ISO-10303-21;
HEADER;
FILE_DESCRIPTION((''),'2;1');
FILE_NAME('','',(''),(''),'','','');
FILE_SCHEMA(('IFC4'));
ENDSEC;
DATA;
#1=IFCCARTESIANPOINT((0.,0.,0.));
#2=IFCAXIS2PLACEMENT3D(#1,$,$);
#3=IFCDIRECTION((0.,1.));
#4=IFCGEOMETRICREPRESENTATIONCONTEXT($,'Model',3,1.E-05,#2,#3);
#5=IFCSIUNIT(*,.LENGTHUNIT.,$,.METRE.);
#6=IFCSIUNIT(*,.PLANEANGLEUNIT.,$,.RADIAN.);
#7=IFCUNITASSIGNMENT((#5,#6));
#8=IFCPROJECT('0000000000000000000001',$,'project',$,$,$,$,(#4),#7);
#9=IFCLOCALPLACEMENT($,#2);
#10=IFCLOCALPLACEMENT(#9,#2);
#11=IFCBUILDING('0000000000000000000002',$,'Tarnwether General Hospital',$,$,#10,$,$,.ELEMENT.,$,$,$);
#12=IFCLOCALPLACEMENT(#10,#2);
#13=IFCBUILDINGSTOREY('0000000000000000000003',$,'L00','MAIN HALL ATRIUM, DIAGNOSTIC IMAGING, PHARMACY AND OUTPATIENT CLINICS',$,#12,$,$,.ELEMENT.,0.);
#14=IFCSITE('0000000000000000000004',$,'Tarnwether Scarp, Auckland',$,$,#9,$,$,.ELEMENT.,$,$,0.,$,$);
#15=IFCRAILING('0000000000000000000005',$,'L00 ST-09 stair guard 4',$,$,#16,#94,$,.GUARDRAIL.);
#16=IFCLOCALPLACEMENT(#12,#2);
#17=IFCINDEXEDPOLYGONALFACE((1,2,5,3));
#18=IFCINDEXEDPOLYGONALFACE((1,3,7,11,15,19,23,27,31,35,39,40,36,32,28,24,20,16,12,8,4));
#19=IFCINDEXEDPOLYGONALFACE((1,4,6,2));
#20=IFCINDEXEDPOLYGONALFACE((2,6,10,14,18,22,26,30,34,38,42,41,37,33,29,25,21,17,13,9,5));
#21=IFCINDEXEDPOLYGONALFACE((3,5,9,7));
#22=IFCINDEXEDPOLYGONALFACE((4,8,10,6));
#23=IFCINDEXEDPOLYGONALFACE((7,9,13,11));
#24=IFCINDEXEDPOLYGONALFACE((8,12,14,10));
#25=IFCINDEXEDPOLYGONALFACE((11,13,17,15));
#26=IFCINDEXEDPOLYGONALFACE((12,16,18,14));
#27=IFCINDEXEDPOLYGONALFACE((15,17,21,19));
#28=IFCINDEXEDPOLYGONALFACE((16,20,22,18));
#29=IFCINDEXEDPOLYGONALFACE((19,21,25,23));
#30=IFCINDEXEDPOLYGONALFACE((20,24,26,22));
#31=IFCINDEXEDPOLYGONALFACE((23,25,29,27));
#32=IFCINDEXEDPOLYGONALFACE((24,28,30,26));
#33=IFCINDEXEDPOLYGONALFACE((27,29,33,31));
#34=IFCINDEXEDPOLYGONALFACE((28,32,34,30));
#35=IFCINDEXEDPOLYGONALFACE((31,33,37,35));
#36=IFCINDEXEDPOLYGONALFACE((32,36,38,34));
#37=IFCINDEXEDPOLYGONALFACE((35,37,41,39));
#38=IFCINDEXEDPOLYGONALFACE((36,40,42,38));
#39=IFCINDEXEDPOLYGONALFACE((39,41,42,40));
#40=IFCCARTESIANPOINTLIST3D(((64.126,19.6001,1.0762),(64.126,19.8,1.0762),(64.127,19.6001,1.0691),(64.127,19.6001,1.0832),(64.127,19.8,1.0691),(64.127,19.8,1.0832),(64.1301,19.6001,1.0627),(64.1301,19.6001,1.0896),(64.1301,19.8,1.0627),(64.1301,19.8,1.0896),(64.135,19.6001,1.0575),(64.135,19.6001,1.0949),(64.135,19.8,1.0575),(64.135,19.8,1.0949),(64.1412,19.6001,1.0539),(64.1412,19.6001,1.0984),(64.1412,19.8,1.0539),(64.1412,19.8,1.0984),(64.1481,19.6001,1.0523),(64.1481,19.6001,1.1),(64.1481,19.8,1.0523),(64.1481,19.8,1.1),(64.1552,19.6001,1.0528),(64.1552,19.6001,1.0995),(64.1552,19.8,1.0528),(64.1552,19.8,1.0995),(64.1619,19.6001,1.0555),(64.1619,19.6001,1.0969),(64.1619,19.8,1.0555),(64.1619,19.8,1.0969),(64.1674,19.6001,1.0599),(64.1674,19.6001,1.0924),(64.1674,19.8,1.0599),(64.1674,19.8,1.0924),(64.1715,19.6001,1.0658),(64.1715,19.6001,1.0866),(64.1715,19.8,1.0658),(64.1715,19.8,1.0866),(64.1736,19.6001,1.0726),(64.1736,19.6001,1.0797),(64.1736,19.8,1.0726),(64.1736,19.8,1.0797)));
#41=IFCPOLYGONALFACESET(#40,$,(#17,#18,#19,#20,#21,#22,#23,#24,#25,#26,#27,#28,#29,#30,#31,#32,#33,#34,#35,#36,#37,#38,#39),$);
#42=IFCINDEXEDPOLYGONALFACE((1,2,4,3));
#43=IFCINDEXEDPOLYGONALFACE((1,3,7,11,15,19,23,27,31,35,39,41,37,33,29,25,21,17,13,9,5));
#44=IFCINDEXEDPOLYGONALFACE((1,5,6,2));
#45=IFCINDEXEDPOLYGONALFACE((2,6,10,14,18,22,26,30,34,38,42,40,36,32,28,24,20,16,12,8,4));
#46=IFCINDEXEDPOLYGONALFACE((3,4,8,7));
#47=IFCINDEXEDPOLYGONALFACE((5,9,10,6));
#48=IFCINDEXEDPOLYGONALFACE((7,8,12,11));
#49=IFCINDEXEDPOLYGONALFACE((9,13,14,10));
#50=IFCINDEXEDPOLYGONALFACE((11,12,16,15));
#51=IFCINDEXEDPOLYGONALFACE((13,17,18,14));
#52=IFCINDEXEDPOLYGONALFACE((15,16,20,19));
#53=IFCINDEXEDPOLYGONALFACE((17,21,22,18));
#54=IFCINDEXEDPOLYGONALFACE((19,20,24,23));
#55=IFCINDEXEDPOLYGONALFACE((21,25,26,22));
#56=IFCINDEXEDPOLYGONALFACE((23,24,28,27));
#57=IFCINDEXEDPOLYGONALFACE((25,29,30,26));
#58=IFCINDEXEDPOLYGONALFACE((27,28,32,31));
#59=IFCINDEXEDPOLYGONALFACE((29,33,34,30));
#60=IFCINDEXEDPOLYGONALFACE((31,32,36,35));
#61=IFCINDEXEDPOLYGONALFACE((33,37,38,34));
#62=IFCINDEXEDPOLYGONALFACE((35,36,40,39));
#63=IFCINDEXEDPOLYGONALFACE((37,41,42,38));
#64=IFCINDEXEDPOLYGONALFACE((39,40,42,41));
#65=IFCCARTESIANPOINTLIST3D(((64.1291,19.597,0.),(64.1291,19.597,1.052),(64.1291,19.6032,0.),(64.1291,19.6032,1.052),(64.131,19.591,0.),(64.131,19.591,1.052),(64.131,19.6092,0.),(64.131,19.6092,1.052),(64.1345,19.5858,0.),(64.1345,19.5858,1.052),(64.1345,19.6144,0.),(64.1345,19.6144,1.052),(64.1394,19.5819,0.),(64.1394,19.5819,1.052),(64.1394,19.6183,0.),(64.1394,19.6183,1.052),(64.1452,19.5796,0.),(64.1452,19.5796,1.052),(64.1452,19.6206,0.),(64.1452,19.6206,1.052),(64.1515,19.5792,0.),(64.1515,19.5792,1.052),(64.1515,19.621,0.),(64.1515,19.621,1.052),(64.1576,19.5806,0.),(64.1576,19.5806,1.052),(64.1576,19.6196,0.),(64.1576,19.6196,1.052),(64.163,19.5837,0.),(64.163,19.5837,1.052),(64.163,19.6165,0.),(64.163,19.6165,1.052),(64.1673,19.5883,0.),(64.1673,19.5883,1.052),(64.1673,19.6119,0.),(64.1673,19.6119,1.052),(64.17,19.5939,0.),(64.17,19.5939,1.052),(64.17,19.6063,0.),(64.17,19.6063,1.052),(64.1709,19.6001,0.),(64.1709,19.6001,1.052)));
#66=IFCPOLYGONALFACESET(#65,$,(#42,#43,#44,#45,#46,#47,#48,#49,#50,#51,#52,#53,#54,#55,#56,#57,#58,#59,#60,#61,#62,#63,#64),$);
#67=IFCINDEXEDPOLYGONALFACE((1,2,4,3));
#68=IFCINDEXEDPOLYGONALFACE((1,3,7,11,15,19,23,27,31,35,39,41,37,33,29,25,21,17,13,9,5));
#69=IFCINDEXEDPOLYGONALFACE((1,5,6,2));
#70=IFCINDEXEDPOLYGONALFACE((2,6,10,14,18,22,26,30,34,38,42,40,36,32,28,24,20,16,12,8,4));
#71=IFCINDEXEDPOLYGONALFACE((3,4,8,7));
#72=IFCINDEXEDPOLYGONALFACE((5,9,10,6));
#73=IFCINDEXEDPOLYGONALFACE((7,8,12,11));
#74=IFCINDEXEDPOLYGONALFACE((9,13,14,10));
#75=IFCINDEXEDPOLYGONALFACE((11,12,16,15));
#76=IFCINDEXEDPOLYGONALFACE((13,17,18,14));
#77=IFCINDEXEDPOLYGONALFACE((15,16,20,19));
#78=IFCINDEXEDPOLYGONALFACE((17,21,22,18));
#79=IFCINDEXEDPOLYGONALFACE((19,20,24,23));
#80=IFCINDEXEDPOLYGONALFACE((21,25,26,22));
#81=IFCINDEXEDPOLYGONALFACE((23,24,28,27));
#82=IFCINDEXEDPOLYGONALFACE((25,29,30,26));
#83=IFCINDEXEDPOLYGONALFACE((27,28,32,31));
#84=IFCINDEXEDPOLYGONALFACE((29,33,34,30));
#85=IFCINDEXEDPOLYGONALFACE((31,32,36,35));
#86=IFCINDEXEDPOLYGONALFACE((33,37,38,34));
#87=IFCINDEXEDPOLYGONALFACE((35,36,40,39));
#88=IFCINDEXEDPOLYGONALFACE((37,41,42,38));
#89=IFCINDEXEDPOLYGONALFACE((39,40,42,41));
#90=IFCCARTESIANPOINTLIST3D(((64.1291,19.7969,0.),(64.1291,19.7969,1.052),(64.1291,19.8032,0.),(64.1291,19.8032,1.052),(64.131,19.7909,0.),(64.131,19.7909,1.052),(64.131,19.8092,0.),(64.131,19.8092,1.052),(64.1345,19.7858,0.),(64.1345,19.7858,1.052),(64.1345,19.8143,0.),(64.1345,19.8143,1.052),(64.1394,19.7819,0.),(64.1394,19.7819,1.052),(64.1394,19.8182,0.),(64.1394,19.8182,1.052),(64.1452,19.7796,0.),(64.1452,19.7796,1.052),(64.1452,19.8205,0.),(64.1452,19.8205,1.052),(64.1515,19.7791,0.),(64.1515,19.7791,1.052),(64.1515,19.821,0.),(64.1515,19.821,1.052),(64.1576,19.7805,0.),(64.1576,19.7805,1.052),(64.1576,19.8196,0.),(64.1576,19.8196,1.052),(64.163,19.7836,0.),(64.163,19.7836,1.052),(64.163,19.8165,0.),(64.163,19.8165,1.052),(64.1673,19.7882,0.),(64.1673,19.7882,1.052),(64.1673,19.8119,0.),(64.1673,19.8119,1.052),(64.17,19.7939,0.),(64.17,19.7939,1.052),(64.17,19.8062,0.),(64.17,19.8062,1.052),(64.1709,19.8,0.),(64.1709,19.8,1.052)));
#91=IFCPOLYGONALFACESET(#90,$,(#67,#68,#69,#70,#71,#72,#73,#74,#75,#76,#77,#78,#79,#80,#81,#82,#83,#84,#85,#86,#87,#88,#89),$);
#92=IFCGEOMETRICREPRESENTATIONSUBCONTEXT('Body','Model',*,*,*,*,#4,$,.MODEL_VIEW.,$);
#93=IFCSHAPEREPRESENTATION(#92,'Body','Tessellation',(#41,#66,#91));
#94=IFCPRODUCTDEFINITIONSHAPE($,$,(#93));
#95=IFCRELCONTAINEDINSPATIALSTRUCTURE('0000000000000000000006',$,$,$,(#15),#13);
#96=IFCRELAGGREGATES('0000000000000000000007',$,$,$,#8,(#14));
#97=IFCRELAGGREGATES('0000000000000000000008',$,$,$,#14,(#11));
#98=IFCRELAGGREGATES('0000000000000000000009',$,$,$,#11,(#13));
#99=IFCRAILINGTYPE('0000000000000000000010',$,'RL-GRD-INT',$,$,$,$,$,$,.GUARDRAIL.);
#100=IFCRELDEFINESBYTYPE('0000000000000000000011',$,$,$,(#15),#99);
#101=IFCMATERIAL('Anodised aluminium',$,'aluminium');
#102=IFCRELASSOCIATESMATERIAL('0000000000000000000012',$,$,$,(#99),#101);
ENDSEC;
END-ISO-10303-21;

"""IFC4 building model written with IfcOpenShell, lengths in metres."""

from ifc_helpers import new_model, si_unit, direction, frame, origin, origin_2d, place, context, subcontext, project, spatial, circle, extrude, material, type_object, element, save


model = new_model("IFC4")

# Units and contexts
model_context = context("Model", 3, precision=1e-05, world=origin(), true_north=direction((0.0, 1.0)))
body_context = subcontext(model_context, "Body", "Model", "MODEL_VIEW")
ifc_project = project(units=[si_unit("LENGTHUNIT", "METRE"), si_unit("PLANEANGLEUNIT", "RADIAN")], contexts=[model_context])

# Site, building, storey
site_placement = place(None, origin())
site = spatial("IfcSite", under=ifc_project, at=site_placement, Name="Tarnwether Scarp, Auckland", CompositionType="ELEMENT", RefElevation=0.0)
building_placement = place(site_placement, origin())
building = spatial("IfcBuilding", under=site, at=building_placement, Name="Tarnwether General Hospital", CompositionType="ELEMENT")
storey_placement = place(building_placement, origin())
storey = spatial("IfcBuildingStorey", under=building, at=storey_placement, Name="L00", Description="MAIN HALL ATRIUM, DIAGNOSTIC IMAGING, PHARMACY AND OUTPATIENT CLINICS", CompositionType="ELEMENT", Elevation=0.0)

# Railing
ifc_material_1 = material(Name="Anodised aluminium", Category="aluminium")
railing_type_1 = type_object("IfcRailingType", Name="RL-GRD-INT", PredefinedType="GUARDRAIL", material=ifc_material_1)
railing_1_placement = place(storey_placement, frame((64.1499, 19.6001, 0.0)))
element("IfcRailing", 1, at=railing_1_placement, inside=storey, type_object=railing_type_1, Name="L00 ST-09 stair guard 4", PredefinedType="GUARDRAIL", context=body_context, shape_type="SweptSolid", body=[
    extrude(circle(Radius=0.0239, at=origin_2d()), frame((0.0, 0.0, 1.0762), z_axis=(0.0, 1.0, 0.0), x_axis=(-1.0, 0.0, 0.0)), (0.0, 0.0, 1.0), 0.2),
    extrude(circle(Radius=0.021, at=origin_2d()), origin(), (0.0, 0.0, 1.0), 1.052),
    extrude(circle(Radius=0.021, at=origin_2d()), frame((0.0, 0.2, 0.0)), (0.0, 0.0, 1.0), 1.052),
])

save(model, "model.ifc")
